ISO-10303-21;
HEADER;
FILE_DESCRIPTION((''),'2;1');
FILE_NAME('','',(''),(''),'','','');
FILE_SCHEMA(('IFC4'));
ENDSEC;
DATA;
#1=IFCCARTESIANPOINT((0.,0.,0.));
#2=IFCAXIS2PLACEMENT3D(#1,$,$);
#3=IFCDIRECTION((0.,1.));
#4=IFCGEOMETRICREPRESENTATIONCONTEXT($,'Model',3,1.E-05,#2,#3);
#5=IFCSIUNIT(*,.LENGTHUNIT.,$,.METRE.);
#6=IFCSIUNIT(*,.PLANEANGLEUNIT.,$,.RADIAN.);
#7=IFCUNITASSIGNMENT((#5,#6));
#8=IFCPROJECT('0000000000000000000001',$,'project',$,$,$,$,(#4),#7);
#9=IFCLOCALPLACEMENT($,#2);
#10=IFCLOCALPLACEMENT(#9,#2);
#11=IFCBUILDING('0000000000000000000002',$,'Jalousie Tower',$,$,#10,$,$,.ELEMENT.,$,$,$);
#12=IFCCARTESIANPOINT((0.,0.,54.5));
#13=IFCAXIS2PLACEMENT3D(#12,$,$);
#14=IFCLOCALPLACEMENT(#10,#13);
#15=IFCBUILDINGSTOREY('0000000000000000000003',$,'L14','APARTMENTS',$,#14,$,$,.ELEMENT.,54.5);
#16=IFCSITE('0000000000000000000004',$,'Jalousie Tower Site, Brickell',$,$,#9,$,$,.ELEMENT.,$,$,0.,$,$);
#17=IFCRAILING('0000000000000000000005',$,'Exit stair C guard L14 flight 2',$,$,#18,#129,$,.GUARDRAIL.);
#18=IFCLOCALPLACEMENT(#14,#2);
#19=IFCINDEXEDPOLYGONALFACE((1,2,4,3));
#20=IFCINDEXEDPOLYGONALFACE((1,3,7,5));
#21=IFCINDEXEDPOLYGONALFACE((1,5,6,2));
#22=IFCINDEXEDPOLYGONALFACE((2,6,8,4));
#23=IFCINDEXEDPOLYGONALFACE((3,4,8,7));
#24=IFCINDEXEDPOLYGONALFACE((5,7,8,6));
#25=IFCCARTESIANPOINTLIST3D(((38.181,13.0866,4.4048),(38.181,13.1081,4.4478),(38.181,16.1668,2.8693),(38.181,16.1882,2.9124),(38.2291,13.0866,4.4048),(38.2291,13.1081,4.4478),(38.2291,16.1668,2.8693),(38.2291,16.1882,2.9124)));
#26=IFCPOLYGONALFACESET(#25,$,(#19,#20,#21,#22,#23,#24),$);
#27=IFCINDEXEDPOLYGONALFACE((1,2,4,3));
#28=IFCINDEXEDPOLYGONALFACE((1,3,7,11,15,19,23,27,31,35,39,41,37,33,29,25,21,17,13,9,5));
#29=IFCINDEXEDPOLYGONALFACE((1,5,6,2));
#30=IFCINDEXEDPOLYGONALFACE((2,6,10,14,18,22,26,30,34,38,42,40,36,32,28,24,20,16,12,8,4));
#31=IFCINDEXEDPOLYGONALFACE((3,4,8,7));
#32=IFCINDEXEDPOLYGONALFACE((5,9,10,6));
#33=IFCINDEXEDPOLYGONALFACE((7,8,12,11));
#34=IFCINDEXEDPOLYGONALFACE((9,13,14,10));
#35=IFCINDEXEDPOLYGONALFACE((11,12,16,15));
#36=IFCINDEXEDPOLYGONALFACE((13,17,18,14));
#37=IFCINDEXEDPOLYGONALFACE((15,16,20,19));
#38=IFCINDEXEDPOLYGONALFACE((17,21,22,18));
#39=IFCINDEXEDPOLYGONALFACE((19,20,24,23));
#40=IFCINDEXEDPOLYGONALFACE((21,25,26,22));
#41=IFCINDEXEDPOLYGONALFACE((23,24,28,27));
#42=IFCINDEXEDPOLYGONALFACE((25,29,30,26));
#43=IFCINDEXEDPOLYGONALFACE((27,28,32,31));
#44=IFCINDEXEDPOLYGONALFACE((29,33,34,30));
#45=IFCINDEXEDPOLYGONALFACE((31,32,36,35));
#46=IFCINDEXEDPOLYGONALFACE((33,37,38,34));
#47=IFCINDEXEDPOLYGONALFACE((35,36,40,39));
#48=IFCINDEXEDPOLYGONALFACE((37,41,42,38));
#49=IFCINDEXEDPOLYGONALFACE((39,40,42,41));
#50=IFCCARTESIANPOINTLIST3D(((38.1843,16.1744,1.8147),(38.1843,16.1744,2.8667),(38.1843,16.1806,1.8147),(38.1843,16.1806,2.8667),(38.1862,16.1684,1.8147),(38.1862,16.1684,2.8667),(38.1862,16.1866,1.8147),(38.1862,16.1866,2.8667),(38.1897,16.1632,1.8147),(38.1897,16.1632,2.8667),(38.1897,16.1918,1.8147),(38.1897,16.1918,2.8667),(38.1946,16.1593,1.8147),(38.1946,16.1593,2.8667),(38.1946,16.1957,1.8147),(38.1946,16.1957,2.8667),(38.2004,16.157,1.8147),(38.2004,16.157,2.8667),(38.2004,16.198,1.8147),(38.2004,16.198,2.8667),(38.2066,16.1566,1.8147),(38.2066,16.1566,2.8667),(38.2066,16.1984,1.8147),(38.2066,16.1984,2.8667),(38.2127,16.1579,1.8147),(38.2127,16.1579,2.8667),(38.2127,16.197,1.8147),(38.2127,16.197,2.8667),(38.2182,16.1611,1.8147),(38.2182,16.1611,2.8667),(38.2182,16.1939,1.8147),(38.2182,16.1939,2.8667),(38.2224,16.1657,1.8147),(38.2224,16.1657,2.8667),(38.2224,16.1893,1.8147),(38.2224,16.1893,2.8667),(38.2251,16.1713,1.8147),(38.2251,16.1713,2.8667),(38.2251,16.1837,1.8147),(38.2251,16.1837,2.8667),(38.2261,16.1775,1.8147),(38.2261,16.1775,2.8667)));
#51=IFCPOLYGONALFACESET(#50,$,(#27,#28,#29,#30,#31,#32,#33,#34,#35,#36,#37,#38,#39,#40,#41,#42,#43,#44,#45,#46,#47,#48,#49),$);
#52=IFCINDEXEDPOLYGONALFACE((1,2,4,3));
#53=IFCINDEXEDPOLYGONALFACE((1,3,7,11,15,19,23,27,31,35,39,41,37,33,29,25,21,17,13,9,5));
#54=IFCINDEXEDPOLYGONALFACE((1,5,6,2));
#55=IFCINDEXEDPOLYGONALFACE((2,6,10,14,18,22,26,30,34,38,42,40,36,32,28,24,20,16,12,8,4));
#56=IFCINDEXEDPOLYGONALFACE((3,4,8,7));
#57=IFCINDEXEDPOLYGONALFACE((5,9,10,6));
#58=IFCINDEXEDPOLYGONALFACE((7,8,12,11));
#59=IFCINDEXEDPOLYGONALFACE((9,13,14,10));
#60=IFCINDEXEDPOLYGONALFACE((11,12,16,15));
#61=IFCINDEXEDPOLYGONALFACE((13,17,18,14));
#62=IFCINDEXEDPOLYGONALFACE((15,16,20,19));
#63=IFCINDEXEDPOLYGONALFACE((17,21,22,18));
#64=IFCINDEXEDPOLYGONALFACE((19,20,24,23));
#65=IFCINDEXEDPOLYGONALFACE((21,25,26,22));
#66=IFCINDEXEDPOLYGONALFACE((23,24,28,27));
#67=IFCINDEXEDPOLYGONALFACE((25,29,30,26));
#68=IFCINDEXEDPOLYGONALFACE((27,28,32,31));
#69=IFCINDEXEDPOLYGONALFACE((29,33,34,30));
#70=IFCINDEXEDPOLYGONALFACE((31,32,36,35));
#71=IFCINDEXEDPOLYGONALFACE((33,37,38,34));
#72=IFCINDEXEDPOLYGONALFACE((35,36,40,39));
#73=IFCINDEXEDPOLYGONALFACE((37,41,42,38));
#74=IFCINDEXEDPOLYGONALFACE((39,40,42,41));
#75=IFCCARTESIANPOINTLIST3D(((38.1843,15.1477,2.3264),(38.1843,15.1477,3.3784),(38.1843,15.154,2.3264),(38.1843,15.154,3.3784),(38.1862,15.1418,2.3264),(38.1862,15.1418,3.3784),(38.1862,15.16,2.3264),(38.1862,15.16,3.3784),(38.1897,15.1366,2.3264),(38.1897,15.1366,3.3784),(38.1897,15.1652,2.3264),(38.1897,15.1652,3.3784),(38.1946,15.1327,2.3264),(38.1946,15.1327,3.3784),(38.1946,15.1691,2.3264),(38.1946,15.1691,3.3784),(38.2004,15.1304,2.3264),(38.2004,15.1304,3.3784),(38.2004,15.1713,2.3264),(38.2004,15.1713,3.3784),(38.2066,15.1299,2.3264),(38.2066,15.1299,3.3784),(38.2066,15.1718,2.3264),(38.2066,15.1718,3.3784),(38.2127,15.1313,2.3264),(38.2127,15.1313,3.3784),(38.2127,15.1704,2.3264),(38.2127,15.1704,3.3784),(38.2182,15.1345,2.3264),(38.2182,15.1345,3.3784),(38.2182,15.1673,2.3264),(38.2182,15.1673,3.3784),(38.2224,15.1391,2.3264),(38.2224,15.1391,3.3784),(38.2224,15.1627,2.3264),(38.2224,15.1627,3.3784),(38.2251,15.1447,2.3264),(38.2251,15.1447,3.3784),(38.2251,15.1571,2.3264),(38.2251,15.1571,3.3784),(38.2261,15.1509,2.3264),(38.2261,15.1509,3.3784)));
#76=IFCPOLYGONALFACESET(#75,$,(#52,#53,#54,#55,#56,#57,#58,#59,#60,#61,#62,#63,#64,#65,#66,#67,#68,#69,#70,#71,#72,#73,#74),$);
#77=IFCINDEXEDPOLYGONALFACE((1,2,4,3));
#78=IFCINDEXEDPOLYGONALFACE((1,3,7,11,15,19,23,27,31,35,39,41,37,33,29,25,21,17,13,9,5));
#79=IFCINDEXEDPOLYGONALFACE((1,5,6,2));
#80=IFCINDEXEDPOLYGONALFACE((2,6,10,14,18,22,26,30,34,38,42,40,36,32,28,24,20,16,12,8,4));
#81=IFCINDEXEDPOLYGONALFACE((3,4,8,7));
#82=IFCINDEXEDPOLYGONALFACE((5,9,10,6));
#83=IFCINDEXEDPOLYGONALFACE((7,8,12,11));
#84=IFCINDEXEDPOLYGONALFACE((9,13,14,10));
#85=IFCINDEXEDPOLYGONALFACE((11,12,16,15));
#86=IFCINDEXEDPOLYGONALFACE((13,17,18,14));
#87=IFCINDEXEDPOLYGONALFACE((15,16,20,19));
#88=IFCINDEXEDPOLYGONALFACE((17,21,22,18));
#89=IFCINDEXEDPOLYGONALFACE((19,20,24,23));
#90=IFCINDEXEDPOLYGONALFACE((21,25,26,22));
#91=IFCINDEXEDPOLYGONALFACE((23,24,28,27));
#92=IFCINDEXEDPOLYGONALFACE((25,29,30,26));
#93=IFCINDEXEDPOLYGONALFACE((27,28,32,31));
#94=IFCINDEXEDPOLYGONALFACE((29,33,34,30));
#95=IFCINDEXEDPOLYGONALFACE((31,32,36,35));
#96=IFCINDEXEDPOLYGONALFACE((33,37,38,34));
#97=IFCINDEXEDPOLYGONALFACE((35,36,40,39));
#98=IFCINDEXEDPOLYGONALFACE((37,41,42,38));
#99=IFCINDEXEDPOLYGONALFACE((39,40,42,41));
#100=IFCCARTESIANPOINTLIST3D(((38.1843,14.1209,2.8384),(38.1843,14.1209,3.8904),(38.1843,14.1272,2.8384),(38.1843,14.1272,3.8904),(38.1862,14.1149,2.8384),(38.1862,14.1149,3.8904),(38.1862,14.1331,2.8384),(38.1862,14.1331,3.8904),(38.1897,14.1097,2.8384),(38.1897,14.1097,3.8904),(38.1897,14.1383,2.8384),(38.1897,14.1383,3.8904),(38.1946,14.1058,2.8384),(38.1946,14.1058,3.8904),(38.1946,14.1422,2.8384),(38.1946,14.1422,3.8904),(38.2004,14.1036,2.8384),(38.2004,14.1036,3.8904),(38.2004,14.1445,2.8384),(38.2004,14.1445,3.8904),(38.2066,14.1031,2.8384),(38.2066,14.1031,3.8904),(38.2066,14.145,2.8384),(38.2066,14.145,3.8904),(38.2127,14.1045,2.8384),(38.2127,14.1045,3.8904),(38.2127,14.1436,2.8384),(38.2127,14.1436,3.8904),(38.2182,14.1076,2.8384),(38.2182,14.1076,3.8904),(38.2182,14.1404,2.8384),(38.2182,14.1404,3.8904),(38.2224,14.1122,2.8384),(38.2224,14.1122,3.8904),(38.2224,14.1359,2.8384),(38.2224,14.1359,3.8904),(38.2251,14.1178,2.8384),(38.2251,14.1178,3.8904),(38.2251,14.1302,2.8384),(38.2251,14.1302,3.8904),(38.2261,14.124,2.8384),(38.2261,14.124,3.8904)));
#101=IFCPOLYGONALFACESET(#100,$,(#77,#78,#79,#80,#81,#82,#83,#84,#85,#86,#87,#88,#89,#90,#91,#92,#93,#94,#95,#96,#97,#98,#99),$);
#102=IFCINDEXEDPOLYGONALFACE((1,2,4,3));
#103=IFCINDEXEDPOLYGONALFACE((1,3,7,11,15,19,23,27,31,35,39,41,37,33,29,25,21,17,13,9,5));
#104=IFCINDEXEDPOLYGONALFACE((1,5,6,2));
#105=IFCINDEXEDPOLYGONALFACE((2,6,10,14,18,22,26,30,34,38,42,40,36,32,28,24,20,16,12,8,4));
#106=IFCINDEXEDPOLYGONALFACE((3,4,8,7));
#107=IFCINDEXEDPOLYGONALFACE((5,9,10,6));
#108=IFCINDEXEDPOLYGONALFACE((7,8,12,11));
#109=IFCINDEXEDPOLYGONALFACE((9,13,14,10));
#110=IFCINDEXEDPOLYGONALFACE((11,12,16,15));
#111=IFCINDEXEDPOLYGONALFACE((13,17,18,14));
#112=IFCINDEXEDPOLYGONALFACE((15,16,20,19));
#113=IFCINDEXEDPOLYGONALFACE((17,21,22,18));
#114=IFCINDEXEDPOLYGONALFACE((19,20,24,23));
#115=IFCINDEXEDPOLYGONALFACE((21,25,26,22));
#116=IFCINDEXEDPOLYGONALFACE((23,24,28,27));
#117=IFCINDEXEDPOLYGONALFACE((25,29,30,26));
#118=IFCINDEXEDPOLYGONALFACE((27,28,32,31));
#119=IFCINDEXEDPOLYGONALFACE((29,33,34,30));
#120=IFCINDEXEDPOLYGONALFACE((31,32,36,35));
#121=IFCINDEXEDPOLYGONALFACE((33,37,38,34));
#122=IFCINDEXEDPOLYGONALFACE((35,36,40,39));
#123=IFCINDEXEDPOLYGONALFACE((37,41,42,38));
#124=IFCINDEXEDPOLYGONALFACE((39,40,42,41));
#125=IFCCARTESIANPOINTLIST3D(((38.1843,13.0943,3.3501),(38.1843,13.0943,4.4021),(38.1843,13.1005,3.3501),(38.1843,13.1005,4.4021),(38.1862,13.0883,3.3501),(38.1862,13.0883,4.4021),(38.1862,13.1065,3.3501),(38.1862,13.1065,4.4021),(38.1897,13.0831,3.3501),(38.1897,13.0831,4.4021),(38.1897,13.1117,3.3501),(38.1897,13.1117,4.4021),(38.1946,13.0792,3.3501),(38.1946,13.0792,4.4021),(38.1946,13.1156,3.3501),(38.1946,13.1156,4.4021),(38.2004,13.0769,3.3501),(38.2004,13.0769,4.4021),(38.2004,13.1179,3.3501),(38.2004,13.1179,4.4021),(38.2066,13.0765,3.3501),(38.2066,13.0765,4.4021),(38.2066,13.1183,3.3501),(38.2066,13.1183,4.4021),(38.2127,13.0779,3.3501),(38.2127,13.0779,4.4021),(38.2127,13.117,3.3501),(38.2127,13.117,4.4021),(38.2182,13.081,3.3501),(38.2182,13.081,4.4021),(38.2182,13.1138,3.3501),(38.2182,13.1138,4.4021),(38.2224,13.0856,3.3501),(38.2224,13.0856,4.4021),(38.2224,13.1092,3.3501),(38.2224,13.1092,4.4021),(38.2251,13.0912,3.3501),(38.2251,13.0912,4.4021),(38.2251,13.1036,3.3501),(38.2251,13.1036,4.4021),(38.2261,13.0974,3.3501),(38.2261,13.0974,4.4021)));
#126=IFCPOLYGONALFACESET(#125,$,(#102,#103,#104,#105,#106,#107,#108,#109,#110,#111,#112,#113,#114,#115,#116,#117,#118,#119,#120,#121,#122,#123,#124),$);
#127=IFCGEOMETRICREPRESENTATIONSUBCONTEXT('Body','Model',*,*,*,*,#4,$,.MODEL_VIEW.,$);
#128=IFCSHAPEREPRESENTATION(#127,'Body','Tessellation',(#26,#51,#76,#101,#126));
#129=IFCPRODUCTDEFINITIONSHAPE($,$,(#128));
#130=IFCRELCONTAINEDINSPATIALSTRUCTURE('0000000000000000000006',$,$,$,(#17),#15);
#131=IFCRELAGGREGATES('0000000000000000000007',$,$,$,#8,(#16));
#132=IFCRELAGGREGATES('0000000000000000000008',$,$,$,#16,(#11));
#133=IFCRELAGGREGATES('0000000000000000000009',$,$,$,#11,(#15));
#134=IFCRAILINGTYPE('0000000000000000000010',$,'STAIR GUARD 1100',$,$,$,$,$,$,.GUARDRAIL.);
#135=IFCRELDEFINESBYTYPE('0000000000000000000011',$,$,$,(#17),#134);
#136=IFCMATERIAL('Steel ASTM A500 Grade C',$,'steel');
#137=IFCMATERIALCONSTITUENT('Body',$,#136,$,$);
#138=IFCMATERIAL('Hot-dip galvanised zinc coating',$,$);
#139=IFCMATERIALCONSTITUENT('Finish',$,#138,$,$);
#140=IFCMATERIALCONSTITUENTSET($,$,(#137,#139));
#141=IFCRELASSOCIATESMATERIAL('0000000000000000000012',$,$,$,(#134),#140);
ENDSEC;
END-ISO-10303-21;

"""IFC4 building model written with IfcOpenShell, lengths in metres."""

from ifc_helpers import new_model, si_unit, direction, frame, origin, origin_2d, place, context, subcontext, project, spatial, rectangle, circle, extrude, material, constituent, constituent_set, type_object, element, save


model = new_model("IFC4")

# Units and contexts
model_context = context("Model", 3, precision=1e-05, world=origin(), true_north=direction((0.0, 1.0)))
body_context = subcontext(model_context, "Body", "Model", "MODEL_VIEW")
ifc_project = project(units=[si_unit("LENGTHUNIT", "METRE"), si_unit("PLANEANGLEUNIT", "RADIAN")], contexts=[model_context])

# Site, building, storey
site_placement = place(None, origin())
site = spatial("IfcSite", under=ifc_project, at=site_placement, Name="Jalousie Tower Site, Brickell", CompositionType="ELEMENT", RefElevation=0.0)
building_placement = place(site_placement, origin())
building = spatial("IfcBuilding", under=site, at=building_placement, Name="Jalousie Tower", CompositionType="ELEMENT")
storey_placement = place(building_placement, frame((0.0, 0.0, 54.5)))
storey = spatial("IfcBuildingStorey", under=building, at=storey_placement, Name="L14", Description="APARTMENTS", CompositionType="ELEMENT", Elevation=54.5)

# Railing
ifc_material_1 = material(Name="Steel ASTM A500 Grade C", Category="steel")
ifc_constituent_1 = constituent(ifc_material_1, Name="Body")
ifc_material_2 = material(Name="Hot-dip galvanised zinc coating")
ifc_constituent_2 = constituent(ifc_material_2, Name="Finish")
ifc_constituent_set_1 = constituent_set(constituents=[ifc_constituent_1, ifc_constituent_2])
railing_type_1 = type_object("IfcRailingType", Name="STAIR GUARD 1100", PredefinedType="GUARDRAIL", material=ifc_constituent_set_1)
railing_1_placement = place(storey_placement, frame((38.2051, 16.1775, 1.8147)))
element("IfcRailing", 1, at=railing_1_placement, inside=storey, type_object=railing_type_1, Name="Exit stair C guard L14 flight 2", PredefinedType="GUARDRAIL", context=body_context, shape_type="SweptSolid", body=[
    extrude(rectangle(XDim=0.0481, YDim=0.0481, at=origin_2d()), frame((0.0, 0.0, 1.0762), z_axis=(0.0, -0.894966, 0.446135), x_axis=(1.0, 0.0, 0.0)), (0.0, 0.0, 1.0), 3.4417),
    extrude(circle(Radius=0.021, at=origin_2d()), origin(), (0.0, 0.0, 1.0), 1.052),
    extrude(circle(Radius=0.021, at=origin_2d()), frame((0.0, -1.0266, 0.5117)), (0.0, 0.0, 1.0), 1.052),
    extrude(circle(Radius=0.021, at=origin_2d()), frame((0.0, -2.0535, 1.0237)), (0.0, 0.0, 1.0), 1.052),
    extrude(circle(Radius=0.021, at=origin_2d()), frame((0.0, -3.0801, 1.5354)), (0.0, 0.0, 1.0), 1.052),
])

save(model, "model.ifc")
